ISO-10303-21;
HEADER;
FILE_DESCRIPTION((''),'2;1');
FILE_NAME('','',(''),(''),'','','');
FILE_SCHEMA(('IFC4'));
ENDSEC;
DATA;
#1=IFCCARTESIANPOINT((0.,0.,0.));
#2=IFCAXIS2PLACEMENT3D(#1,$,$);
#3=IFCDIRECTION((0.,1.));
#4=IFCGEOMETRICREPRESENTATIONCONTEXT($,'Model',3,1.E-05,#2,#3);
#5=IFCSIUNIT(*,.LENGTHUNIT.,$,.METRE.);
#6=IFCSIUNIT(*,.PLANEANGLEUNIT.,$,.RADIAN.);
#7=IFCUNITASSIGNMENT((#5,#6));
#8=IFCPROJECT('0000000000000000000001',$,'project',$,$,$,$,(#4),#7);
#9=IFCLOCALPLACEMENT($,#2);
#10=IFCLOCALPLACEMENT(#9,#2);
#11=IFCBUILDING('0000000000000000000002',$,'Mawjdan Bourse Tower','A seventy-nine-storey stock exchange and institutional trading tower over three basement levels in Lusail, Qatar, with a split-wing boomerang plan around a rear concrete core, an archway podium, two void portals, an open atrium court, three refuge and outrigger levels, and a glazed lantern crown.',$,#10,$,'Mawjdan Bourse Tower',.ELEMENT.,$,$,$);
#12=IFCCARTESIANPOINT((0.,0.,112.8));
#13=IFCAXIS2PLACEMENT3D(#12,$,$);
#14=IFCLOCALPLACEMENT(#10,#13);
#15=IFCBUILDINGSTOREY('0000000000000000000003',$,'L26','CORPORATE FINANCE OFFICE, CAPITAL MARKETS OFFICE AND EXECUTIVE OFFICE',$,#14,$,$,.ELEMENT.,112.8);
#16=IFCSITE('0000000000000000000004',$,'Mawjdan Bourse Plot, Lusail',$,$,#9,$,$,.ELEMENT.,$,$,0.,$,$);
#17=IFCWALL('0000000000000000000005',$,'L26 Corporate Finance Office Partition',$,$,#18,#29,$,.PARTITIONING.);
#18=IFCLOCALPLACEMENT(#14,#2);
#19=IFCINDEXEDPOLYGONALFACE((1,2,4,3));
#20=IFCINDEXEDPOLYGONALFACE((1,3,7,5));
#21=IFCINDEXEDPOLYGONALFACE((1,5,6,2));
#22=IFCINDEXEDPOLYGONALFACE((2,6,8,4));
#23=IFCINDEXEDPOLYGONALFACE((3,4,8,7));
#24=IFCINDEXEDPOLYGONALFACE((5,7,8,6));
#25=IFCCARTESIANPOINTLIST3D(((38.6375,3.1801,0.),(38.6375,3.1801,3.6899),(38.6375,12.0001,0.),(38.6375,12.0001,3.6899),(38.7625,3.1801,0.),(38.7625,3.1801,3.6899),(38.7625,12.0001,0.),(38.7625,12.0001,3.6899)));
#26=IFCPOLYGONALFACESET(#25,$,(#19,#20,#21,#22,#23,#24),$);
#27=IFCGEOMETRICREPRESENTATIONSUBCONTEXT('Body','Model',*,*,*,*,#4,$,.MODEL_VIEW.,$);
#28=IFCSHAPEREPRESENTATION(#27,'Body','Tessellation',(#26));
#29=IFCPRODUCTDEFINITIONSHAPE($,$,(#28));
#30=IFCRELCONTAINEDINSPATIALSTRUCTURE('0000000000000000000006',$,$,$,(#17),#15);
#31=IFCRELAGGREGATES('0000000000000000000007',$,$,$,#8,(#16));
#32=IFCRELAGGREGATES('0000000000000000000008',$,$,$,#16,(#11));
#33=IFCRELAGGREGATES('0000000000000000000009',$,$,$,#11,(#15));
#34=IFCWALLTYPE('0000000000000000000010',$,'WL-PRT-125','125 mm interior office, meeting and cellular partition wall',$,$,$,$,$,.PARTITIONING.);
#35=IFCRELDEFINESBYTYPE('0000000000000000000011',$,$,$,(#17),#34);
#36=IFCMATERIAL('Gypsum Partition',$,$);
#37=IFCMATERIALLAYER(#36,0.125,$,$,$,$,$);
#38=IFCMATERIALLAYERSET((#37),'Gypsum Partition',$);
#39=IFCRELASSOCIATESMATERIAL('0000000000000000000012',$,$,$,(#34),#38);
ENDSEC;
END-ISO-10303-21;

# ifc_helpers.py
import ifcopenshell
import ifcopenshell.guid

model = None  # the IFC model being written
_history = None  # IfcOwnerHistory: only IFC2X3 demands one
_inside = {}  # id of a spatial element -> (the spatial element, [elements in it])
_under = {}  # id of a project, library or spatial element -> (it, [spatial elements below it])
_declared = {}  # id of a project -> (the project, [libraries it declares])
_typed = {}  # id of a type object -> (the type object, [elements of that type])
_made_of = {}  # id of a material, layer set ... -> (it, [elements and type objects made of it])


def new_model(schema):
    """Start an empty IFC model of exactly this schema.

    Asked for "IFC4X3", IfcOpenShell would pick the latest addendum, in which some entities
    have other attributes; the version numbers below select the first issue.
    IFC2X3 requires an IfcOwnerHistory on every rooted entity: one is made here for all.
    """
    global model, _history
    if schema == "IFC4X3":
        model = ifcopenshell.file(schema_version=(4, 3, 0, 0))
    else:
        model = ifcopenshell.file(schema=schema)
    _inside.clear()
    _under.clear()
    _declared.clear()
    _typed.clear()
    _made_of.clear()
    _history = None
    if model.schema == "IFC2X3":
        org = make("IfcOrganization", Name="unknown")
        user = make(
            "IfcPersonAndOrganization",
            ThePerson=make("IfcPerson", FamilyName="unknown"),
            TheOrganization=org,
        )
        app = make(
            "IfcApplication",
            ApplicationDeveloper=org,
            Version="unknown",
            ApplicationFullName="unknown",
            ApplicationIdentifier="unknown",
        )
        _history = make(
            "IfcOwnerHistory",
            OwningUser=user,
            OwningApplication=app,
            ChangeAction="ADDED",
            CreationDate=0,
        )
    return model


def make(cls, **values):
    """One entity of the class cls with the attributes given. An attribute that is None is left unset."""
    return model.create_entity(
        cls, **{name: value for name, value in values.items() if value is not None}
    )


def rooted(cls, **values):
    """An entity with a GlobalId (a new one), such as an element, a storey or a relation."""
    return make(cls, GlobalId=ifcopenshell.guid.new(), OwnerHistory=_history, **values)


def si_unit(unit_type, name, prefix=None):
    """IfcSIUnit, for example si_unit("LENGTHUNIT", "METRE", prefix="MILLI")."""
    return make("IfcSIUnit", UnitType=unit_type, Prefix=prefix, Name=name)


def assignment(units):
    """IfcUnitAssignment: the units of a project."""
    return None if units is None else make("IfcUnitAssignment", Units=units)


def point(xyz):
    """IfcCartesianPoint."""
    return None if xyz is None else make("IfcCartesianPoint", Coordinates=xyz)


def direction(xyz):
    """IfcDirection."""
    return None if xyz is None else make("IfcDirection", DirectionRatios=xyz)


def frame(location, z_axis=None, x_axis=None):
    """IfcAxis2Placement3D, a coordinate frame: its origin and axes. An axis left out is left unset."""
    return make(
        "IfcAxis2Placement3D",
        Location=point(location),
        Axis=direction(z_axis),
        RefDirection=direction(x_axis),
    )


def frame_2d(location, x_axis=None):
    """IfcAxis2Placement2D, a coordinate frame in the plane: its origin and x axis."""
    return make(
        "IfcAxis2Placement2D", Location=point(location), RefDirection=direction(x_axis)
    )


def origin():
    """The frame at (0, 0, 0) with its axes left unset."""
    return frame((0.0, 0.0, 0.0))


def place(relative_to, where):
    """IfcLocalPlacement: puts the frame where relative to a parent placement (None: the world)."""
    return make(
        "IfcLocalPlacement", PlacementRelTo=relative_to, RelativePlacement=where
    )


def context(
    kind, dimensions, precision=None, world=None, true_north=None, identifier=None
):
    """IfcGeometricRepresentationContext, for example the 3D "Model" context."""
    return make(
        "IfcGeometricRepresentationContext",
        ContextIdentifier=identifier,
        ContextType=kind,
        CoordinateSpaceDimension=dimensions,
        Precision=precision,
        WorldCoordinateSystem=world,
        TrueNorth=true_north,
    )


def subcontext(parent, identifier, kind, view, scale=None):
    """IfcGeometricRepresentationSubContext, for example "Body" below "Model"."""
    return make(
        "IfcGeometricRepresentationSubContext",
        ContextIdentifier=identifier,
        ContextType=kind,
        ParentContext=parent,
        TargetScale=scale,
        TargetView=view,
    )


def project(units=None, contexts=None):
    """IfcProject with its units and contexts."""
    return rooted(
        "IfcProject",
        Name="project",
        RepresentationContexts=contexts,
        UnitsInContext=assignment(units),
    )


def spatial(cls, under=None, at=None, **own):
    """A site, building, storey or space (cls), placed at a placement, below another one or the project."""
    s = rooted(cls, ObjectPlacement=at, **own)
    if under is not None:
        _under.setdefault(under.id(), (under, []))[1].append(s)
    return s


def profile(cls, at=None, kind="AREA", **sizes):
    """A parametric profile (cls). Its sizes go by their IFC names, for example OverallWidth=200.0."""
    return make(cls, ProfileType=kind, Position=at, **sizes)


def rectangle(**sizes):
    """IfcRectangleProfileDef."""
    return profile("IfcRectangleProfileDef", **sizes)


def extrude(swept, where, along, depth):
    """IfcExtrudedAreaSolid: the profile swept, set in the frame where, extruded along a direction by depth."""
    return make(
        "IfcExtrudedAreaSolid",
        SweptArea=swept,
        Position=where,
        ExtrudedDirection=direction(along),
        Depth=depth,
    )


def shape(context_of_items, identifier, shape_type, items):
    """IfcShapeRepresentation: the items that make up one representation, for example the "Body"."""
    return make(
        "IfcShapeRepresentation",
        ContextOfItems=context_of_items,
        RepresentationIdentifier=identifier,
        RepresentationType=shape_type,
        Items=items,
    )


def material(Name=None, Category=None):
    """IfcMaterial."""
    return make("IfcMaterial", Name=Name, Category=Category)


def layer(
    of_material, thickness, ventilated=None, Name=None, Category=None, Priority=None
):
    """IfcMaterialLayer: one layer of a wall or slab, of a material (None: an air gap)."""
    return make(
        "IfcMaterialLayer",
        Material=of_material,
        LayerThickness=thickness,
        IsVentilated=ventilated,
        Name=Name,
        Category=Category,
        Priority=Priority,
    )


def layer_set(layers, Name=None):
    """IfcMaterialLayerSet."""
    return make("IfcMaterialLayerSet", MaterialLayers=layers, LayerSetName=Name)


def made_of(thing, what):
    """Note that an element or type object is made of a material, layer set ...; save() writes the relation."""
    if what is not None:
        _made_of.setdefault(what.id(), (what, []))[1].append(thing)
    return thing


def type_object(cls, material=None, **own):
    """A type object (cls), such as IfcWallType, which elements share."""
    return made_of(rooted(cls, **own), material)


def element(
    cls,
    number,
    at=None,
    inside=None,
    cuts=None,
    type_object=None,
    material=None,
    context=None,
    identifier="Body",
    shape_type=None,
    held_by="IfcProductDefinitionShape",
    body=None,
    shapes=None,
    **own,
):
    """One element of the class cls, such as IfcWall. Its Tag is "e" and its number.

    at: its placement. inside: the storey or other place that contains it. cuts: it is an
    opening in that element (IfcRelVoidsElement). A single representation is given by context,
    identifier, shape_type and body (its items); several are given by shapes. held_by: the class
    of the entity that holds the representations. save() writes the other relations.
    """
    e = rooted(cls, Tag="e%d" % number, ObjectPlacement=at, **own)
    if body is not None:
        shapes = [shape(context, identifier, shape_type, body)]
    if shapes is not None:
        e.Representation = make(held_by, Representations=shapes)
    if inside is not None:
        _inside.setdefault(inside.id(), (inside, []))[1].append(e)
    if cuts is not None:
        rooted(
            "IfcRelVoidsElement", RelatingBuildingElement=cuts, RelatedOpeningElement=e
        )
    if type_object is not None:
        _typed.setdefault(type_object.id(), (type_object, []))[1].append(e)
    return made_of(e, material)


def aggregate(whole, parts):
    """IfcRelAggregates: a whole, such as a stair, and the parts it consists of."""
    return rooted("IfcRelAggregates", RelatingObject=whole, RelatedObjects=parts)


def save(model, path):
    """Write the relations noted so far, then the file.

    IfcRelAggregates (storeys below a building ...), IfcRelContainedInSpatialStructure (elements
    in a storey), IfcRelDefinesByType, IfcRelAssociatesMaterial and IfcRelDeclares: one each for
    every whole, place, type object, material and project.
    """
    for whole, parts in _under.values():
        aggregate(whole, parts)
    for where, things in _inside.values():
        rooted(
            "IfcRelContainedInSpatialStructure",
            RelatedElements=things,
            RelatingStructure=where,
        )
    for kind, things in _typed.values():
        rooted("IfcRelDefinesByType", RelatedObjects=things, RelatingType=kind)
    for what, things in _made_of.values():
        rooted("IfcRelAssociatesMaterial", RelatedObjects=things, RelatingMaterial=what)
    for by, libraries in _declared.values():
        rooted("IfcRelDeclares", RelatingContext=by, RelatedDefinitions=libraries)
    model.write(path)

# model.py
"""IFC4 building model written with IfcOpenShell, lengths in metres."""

from ifc_helpers import new_model, si_unit, direction, frame, frame_2d, origin, place, context, subcontext, project, spatial, rectangle, extrude, material, layer, layer_set, type_object, element, save


model = new_model("IFC4")

# Units and contexts
model_context = context("Model", 3, precision=1e-05, world=origin(), true_north=direction((0.0, 1.0)))
body_context = subcontext(model_context, "Body", "Model", "MODEL_VIEW")
ifc_project = project(units=[si_unit("LENGTHUNIT", "METRE"), si_unit("PLANEANGLEUNIT", "RADIAN")], contexts=[model_context])

# Site, building, storey
site_placement = place(None, origin())
site = spatial("IfcSite", under=ifc_project, at=site_placement, Name="Mawjdan Bourse Plot, Lusail", CompositionType="ELEMENT", RefElevation=0.0)
building_placement = place(site_placement, origin())
building = spatial("IfcBuilding", under=site, at=building_placement, Name="Mawjdan Bourse Tower", Description="A seventy-nine-storey stock exchange and institutional trading tower over three basement levels in Lusail, Qatar, with a split-wing boomerang plan around a rear concrete core, an archway podium, two void portals, an open atrium court, three refuge and outrigger levels, and a glazed lantern crown.", LongName="Mawjdan Bourse Tower", CompositionType="ELEMENT")
storey_placement = place(building_placement, frame((0.0, 0.0, 112.8)))
storey = spatial("IfcBuildingStorey", under=building, at=storey_placement, Name="L26", Description="CORPORATE FINANCE OFFICE, CAPITAL MARKETS OFFICE AND EXECUTIVE OFFICE", CompositionType="ELEMENT", Elevation=112.8)

# Wall
ifc_material_1 = material(Name="Gypsum Partition")
ifc_layer_1 = layer(ifc_material_1, 0.125)
ifc_layer_set_1 = layer_set([ifc_layer_1], Name="Gypsum Partition")
wall_type_1 = type_object("IfcWallType", Name="WL-PRT-125", Description="125 mm interior office, meeting and cellular partition wall", PredefinedType="PARTITIONING", material=ifc_layer_set_1)
wall_1_placement = place(storey_placement, frame((38.7, 3.1799, 0.0), z_axis=(0.0, 0.0, 1.0), x_axis=(0.0, 1.0, 0.0)))
element("IfcWall", 1, at=wall_1_placement, inside=storey, type_object=wall_type_1, Name="L26 Corporate Finance Office Partition", PredefinedType="PARTITIONING", context=body_context, shape_type="SweptSolid", body=[
    extrude(rectangle(XDim=8.8201, YDim=0.125, at=frame_2d((4.4102, 0.0))), origin(), (0.0, 0.0, 1.0), 3.6899),
])

save(model, "model.ifc")
